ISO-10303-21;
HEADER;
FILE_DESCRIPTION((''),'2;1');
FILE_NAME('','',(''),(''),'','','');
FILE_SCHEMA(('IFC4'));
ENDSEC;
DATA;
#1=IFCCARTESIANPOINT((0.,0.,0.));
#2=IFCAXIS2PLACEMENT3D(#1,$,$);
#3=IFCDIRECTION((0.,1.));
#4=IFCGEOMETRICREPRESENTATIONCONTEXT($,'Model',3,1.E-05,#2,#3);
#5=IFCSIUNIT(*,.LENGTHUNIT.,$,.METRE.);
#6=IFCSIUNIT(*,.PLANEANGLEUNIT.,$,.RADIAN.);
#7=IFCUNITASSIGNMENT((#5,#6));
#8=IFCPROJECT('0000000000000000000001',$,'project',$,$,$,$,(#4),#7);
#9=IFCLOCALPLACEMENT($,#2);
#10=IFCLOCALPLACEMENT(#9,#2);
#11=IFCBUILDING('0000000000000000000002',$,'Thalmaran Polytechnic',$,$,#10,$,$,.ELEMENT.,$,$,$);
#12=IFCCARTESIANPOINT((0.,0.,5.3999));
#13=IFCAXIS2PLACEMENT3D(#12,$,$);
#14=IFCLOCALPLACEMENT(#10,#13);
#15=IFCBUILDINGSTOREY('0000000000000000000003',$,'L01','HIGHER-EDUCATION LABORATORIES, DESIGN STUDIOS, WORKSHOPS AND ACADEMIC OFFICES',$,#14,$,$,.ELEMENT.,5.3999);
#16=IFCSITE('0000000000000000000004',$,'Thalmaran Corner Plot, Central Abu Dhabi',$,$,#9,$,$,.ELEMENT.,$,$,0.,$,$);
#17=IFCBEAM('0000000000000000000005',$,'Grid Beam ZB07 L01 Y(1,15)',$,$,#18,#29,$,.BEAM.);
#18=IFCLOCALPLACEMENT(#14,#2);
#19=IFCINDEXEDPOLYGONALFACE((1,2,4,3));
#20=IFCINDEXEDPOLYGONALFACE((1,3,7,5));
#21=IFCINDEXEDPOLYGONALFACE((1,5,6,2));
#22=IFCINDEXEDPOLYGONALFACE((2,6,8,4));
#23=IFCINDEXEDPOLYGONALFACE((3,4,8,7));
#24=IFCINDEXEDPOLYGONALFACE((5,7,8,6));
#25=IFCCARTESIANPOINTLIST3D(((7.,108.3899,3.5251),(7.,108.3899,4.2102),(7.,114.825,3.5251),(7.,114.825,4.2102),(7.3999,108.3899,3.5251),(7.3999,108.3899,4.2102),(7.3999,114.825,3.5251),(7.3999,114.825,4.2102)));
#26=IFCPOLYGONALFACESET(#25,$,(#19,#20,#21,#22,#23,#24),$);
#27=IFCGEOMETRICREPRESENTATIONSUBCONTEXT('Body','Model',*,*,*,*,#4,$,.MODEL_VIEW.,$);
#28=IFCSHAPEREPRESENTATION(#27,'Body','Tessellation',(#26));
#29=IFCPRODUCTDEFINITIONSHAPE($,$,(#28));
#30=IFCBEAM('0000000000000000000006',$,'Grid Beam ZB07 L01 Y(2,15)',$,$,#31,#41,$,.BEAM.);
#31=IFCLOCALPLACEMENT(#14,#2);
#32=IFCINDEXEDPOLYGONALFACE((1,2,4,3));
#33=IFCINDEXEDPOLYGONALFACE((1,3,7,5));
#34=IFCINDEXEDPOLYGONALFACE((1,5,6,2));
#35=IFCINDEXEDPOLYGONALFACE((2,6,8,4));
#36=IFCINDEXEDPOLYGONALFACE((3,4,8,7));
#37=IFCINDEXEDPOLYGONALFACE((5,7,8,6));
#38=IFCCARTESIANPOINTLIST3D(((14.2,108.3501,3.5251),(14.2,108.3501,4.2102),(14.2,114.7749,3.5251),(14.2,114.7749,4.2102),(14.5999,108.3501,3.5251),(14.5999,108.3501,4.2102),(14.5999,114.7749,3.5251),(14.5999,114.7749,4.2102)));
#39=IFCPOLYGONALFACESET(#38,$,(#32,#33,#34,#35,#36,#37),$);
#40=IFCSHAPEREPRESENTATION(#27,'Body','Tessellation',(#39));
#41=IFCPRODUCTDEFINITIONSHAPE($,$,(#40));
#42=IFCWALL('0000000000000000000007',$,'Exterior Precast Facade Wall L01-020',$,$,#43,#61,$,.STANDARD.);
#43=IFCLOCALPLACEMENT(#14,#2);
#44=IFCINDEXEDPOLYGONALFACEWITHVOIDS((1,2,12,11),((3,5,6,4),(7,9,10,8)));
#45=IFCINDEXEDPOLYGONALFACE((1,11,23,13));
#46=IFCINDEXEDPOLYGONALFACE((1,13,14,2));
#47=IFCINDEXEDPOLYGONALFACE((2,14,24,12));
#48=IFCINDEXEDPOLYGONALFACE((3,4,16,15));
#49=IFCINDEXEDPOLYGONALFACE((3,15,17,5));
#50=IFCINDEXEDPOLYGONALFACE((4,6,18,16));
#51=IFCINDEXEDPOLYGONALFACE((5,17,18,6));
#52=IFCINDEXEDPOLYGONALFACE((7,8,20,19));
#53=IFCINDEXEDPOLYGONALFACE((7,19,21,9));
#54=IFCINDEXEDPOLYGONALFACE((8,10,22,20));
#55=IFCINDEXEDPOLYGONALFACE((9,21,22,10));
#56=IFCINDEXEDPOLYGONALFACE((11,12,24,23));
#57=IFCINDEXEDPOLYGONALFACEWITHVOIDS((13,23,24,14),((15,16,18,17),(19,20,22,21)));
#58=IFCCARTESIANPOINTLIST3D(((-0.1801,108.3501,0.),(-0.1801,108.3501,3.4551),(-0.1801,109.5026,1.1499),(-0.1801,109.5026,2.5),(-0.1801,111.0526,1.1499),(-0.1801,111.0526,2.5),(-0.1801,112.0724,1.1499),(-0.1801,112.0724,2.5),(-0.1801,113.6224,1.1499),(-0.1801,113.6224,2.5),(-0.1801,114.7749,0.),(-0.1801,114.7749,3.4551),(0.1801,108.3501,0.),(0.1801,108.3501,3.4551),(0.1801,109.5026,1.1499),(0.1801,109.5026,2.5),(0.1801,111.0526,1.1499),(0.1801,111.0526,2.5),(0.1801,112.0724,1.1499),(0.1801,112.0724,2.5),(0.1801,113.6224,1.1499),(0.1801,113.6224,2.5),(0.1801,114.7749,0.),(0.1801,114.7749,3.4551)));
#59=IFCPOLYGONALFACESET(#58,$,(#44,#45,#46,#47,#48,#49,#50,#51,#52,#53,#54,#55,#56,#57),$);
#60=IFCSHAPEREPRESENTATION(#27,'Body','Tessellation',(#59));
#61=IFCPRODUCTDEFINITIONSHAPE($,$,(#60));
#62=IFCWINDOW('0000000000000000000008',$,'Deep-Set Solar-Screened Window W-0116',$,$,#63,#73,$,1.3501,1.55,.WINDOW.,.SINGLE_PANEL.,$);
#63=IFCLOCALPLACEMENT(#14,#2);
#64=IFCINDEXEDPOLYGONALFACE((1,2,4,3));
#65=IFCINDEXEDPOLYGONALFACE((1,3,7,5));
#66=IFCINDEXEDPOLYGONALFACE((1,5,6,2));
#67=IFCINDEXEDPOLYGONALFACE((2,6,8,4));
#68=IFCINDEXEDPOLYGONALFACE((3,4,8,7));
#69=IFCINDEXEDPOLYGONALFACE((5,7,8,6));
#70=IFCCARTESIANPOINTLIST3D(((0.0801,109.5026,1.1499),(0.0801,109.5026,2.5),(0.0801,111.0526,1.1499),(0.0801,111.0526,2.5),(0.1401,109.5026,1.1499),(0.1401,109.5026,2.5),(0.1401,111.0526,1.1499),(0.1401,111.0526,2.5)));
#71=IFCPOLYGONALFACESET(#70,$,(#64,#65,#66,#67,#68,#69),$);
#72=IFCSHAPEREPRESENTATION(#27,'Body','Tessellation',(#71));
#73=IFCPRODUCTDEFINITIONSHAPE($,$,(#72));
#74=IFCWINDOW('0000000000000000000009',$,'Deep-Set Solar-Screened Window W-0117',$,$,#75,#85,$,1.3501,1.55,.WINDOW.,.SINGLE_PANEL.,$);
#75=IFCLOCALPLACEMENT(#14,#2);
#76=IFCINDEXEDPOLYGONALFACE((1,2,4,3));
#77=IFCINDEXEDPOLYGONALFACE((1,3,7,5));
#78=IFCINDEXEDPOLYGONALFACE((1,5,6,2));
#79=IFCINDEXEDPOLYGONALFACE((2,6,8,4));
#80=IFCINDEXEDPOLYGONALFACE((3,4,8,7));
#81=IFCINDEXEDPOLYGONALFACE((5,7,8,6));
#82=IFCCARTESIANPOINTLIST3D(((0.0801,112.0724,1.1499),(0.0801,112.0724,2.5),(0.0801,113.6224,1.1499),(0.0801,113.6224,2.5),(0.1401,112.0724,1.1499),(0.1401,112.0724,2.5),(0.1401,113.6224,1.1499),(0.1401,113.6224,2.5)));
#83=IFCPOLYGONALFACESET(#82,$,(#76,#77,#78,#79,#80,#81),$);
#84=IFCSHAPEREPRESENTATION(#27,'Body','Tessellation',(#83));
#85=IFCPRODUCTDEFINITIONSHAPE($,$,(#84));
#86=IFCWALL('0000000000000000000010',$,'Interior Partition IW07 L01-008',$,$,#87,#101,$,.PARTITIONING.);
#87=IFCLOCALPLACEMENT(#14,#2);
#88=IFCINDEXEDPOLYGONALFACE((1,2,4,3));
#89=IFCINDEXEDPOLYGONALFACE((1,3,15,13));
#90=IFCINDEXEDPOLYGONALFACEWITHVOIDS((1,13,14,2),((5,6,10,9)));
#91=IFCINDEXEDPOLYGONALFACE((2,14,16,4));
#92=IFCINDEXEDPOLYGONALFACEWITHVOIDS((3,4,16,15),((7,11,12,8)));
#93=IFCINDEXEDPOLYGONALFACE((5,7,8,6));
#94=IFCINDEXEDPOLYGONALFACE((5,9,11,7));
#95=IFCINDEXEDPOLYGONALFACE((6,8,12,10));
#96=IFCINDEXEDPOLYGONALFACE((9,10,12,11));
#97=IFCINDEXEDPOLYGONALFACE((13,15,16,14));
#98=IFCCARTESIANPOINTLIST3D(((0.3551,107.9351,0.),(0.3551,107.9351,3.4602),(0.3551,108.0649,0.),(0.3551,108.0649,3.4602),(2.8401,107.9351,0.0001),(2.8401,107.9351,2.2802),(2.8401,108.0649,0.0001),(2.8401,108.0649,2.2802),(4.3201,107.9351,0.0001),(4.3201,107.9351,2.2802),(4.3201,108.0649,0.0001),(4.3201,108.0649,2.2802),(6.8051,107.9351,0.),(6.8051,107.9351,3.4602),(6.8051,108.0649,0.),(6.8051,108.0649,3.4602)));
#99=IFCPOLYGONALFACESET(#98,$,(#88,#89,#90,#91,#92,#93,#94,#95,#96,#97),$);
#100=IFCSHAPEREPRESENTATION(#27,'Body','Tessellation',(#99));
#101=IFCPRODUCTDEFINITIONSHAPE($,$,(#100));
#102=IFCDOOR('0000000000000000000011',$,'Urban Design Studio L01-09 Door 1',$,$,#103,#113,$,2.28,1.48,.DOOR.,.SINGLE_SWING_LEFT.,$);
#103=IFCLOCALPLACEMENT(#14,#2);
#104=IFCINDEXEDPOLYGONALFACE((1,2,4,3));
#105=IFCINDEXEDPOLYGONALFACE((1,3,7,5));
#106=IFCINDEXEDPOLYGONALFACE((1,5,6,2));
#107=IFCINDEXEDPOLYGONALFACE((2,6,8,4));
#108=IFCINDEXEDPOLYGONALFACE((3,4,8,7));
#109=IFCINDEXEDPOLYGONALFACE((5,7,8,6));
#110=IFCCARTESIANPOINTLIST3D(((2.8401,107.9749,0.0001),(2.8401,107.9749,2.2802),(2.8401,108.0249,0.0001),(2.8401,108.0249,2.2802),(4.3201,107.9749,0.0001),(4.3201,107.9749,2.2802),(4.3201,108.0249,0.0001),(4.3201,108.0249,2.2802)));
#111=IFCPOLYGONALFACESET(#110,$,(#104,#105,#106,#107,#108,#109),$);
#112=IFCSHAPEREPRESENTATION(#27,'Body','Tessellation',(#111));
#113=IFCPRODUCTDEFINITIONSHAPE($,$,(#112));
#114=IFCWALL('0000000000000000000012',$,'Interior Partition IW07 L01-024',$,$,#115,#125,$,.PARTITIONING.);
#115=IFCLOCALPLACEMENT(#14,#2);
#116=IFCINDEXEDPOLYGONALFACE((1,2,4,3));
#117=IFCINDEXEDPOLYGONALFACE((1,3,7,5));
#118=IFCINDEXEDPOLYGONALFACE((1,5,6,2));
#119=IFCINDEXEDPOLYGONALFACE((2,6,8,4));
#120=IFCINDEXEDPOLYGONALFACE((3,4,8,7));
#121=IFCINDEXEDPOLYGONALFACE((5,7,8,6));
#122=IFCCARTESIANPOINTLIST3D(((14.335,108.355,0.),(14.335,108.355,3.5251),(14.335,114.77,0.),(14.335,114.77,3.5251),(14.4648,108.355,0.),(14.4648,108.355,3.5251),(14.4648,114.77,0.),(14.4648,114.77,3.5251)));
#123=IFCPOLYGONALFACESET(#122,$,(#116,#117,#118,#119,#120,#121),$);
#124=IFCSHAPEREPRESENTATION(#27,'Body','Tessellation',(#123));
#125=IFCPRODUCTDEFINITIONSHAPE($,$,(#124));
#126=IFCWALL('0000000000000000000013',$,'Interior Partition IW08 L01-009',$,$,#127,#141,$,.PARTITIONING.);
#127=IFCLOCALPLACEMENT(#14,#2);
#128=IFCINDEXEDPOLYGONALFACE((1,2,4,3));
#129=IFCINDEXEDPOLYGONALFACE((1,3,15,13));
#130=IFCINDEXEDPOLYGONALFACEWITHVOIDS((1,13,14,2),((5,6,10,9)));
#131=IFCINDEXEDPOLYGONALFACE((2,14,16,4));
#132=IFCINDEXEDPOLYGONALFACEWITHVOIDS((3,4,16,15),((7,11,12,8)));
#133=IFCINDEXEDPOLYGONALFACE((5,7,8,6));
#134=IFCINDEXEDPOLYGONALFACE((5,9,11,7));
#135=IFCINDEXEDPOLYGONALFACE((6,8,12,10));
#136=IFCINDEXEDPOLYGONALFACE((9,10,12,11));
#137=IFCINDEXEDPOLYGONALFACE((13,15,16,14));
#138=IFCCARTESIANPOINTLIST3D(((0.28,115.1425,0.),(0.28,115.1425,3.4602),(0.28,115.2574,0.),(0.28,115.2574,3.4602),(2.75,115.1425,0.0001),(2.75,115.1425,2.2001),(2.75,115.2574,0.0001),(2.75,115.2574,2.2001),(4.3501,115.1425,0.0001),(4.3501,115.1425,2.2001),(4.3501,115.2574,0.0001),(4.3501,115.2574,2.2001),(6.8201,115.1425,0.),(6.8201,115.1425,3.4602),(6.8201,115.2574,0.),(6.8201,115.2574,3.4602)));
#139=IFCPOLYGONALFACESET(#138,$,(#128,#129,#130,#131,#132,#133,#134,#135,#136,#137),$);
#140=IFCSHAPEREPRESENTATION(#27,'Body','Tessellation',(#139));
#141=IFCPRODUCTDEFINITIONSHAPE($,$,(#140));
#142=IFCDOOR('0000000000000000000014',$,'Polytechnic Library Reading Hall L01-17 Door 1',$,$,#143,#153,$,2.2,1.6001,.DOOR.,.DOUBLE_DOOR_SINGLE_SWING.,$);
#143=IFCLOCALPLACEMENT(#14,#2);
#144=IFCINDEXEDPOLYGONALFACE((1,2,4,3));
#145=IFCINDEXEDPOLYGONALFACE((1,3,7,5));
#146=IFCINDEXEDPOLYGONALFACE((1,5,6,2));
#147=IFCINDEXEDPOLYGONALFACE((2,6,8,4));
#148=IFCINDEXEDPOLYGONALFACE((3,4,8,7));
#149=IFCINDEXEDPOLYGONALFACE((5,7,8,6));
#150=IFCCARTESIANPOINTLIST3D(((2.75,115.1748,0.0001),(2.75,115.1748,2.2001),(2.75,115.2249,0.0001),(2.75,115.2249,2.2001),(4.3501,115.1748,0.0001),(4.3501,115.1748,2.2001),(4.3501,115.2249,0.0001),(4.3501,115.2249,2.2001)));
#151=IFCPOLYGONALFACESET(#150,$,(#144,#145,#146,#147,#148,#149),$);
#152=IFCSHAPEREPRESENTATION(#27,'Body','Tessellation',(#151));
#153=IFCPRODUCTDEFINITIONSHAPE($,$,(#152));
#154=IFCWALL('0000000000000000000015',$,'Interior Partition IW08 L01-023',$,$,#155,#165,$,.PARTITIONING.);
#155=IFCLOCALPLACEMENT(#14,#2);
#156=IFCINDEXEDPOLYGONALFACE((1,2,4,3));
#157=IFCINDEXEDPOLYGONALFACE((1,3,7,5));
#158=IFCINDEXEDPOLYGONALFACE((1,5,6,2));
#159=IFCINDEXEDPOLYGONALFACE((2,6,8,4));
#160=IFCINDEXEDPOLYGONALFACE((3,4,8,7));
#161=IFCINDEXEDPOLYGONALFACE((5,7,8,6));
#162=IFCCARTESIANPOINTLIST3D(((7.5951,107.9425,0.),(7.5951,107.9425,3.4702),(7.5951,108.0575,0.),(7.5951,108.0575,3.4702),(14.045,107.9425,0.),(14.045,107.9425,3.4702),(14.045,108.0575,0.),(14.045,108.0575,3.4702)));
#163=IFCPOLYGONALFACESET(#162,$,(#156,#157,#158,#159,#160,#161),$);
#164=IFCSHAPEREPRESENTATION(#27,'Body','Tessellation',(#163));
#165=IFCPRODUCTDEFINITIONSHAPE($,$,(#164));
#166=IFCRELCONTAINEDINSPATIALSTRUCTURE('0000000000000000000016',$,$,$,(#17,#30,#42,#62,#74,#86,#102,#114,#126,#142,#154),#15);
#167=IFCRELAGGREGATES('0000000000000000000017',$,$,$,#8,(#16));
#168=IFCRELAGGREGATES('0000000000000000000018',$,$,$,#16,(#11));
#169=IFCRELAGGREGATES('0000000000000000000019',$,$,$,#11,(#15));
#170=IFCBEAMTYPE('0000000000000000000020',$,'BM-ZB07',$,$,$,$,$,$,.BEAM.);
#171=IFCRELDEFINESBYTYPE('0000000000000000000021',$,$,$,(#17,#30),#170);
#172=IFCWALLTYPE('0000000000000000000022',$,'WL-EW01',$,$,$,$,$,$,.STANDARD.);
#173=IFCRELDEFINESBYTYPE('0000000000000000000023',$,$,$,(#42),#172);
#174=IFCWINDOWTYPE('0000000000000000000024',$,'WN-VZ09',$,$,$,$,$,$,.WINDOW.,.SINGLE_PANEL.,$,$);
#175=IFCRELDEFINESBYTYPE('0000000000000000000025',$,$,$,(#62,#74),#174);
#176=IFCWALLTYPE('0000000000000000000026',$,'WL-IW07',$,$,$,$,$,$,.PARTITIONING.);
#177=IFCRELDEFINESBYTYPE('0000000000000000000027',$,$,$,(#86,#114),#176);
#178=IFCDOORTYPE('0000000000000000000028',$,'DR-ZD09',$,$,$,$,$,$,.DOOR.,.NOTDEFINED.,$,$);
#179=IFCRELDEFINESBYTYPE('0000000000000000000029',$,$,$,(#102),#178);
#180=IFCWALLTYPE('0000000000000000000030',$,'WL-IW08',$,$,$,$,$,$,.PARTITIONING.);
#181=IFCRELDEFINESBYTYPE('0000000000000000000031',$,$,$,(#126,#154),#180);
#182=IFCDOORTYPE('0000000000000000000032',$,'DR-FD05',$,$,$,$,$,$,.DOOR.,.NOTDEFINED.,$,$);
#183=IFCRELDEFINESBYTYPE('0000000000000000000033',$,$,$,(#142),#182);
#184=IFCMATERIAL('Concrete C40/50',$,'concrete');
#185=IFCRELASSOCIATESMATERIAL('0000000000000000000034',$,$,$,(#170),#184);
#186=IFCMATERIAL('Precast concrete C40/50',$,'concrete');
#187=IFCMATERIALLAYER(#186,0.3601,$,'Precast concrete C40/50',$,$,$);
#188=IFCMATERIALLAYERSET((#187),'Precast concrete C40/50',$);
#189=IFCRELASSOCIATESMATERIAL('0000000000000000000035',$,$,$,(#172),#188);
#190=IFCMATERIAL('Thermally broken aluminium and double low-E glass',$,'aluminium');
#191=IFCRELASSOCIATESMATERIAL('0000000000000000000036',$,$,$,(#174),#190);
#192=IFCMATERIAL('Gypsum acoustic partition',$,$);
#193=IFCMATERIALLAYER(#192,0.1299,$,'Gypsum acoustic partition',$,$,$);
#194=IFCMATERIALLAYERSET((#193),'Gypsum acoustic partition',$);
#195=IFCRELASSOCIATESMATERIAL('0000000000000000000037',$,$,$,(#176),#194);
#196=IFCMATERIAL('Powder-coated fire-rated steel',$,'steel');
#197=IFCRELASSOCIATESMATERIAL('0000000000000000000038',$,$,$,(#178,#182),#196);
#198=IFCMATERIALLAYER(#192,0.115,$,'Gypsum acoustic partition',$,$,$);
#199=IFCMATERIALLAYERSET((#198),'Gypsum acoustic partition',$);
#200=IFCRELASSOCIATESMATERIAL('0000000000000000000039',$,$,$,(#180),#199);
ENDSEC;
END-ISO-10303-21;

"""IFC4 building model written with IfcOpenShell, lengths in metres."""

from ifc_helpers import new_model, si_unit, direction, frame, frame_2d, origin, origin_2d, place, context, subcontext, project, spatial, rectangle, extrude, material, layer, layer_set, material_profile, profile_set, type_object, element, fill, save


model = new_model("IFC4")

# Units and contexts
model_context = context("Model", 3, precision=1e-05, world=origin(), true_north=direction((0.0, 1.0)))
body_context = subcontext(model_context, "Body", "Model", "MODEL_VIEW")
ifc_project = project(units=[si_unit("LENGTHUNIT", "METRE"), si_unit("PLANEANGLEUNIT", "RADIAN")], contexts=[model_context])

# Site, building, storey
site_placement = place(None, origin())
site = spatial("IfcSite", under=ifc_project, at=site_placement, Name="Thalmaran Corner Plot, Central Abu Dhabi", CompositionType="ELEMENT", RefElevation=0.0)
building_placement = place(site_placement, origin())
building = spatial("IfcBuilding", under=site, at=building_placement, Name="Thalmaran Polytechnic", CompositionType="ELEMENT")
storey_placement = place(building_placement, frame((0.0, 0.0, 5.3999)))
storey = spatial("IfcBuildingStorey", under=building, at=storey_placement, Name="L01", Description="HIGHER-EDUCATION LABORATORIES, DESIGN STUDIOS, WORKSHOPS AND ACADEMIC OFFICES", CompositionType="ELEMENT", Elevation=5.3999)

# Beams
ifc_material_1 = material(Name="Concrete C40/50", Category="concrete")
ifc_material_profile_1 = material_profile(ifc_material_1, rectangle(XDim=0.3999, YDim=0.6851, at=origin_2d()), Name="RC 400x685")
ifc_profile_set_1 = profile_set([ifc_material_profile_1], Name="Concrete C40/50")
beam_type_1 = type_object("IfcBeamType", Name="BM-ZB07", PredefinedType="BEAM", material=ifc_profile_set_1)
beam_1_placement = place(storey_placement, frame((7.2, 108.3899, 3.8677), z_axis=(0.0, 1.0, 0.0), x_axis=(-1.0, 0.0, 0.0)))
element("IfcBeam", 1, at=beam_1_placement, inside=storey, type_object=beam_type_1, Name="Grid Beam ZB07 L01 Y(1,15)", PredefinedType="BEAM", context=body_context, shape_type="SweptSolid", body=[
    extrude(rectangle(XDim=0.3999, YDim=0.6851, at=origin_2d()), origin(), (0.0, 0.0, 1.0), 6.4351),
])
beam_2_placement = place(storey_placement, frame((14.3999, 108.3501, 3.8677), z_axis=(0.0, 1.0, 0.0), x_axis=(-1.0, 0.0, 0.0)))
element("IfcBeam", 2, at=beam_2_placement, inside=storey, type_object=beam_type_1, Name="Grid Beam ZB07 L01 Y(2,15)", PredefinedType="BEAM", context=body_context, shape_type="SweptSolid", body=[
    extrude(rectangle(XDim=0.3999, YDim=0.6851, at=origin_2d()), origin(), (0.0, 0.0, 1.0), 6.4248),
])

# Wall, openings, windows
ifc_material_2 = material(Name="Precast concrete C40/50", Category="concrete")
ifc_layer_1 = layer(ifc_material_2, 0.3601, Name="Precast concrete C40/50")
ifc_layer_set_1 = layer_set([ifc_layer_1], Name="Precast concrete C40/50")
wall_type_1 = type_object("IfcWallType", Name="WL-EW01", PredefinedType="STANDARD", material=ifc_layer_set_1)
wall_1_placement = place(storey_placement, frame((0.0, 108.3501, 0.0), z_axis=(0.0, 0.0, 1.0), x_axis=(0.0, 1.0, 0.0)))
wall_1 = element("IfcWall", 3, at=wall_1_placement, inside=storey, type_object=wall_type_1, Name="Exterior Precast Facade Wall L01-020", PredefinedType="STANDARD", context=body_context, shape_type="SweptSolid", body=[
    extrude(rectangle(XDim=6.4248, YDim=0.3601, at=frame_2d((3.2124, 0.0))), origin(), (0.0, 0.0, 1.0), 3.4551),
])
opening_1_placement = place(wall_1_placement, frame((1.1526, 0.0, 1.1499)))
opening_1 = element("IfcOpeningElement", 4, at=opening_1_placement, cuts=wall_1, PredefinedType="OPENING", context=body_context, shape_type="SweptSolid", body=[
    extrude(rectangle(XDim=1.55, YDim=1.3501, at=frame_2d((0.7749, 0.675))), frame((0.0, 0.1899, 0.0), z_axis=(0.0, -1.0, 0.0), x_axis=(1.0, 0.0, 0.0)), (0.0, 0.0, 1.0), 0.3801),
])
opening_2_placement = place(wall_1_placement, frame((3.7224, 0.0, 1.1499)))
opening_2 = element("IfcOpeningElement", 5, at=opening_2_placement, cuts=wall_1, PredefinedType="OPENING", context=body_context, shape_type="SweptSolid", body=[
    extrude(rectangle(XDim=1.55, YDim=1.3501, at=frame_2d((0.7749, 0.675))), frame((0.0, 0.1899, 0.0), z_axis=(0.0, -1.0, 0.0), x_axis=(1.0, 0.0, 0.0)), (0.0, 0.0, 1.0), 0.3801),
])
ifc_material_3 = material(Name="Thermally broken aluminium and double low-E glass", Category="aluminium")
window_type = type_object("IfcWindowType", Name="WN-VZ09", PartitioningType="SINGLE_PANEL", PredefinedType="WINDOW", material=ifc_material_3)
window_1_placement = place(opening_1_placement, origin())
window_1 = element("IfcWindow", 6, at=window_1_placement, inside=storey, type_object=window_type, Name="Deep-Set Solar-Screened Window W-0116", OverallHeight=1.3501, OverallWidth=1.55, PartitioningType="SINGLE_PANEL", PredefinedType="WINDOW", context=body_context, shape_type="SweptSolid", body=[
    extrude(rectangle(XDim=1.55, YDim=1.3501, at=frame_2d((0.7749, 0.675))), frame((0.0, -0.0801, 0.0), z_axis=(0.0, -1.0, 0.0), x_axis=(1.0, 0.0, 0.0)), (0.0, 0.0, 1.0), 0.0601),
])
fill(opening_1, window_1)
window_2_placement = place(opening_2_placement, origin())
window_2 = element("IfcWindow", 7, at=window_2_placement, inside=storey, type_object=window_type, Name="Deep-Set Solar-Screened Window W-0117", OverallHeight=1.3501, OverallWidth=1.55, PartitioningType="SINGLE_PANEL", PredefinedType="WINDOW", context=body_context, shape_type="SweptSolid", body=[
    extrude(rectangle(XDim=1.55, YDim=1.3501, at=frame_2d((0.7749, 0.675))), frame((0.0, -0.0801, 0.0), z_axis=(0.0, -1.0, 0.0), x_axis=(1.0, 0.0, 0.0)), (0.0, 0.0, 1.0), 0.0601),
])
fill(opening_2, window_2)

# Wall, opening, door
ifc_material_4 = material(Name="Gypsum acoustic partition")
ifc_layer_2 = layer(ifc_material_4, 0.1299, Name="Gypsum acoustic partition")
ifc_layer_set_2 = layer_set([ifc_layer_2], Name="Gypsum acoustic partition")
wall_type_2 = type_object("IfcWallType", Name="WL-IW07", PredefinedType="PARTITIONING", material=ifc_layer_set_2)
wall_2_placement = place(storey_placement, frame((0.355, 108.0, 0.0), z_axis=(0.0, 0.0, 1.0), x_axis=(1.0, 0.0, 0.0)))
wall_2 = element("IfcWall", 8, at=wall_2_placement, inside=storey, type_object=wall_type_2, Name="Interior Partition IW07 L01-008", PredefinedType="PARTITIONING", context=body_context, shape_type="SweptSolid", body=[
    extrude(rectangle(XDim=6.45, YDim=0.1299, at=frame_2d((3.2251, 0.0))), origin(), (0.0, 0.0, 1.0), 3.4602),
])
opening_3_placement = place(wall_2_placement, frame((2.4851, 0.0, 0.0)))
opening_3 = element("IfcOpeningElement", 9, at=opening_3_placement, cuts=wall_2, PredefinedType="OPENING", context=body_context, shape_type="SweptSolid", body=[
    extrude(rectangle(XDim=1.48, YDim=2.28, at=frame_2d((0.74, 1.1401))), frame((0.0, 0.075, 0.0), z_axis=(0.0, -1.0, 0.0), x_axis=(1.0, 0.0, 0.0)), (0.0, 0.0, 1.0), 0.1499),
])
ifc_material_5 = material(Name="Powder-coated fire-rated steel", Category="steel")
door_type_1 = type_object("IfcDoorType", Name="DR-ZD09", OperationType="NOTDEFINED", PredefinedType="DOOR", material=ifc_material_5)
door_1_placement = place(opening_3_placement, origin())
door_1 = element("IfcDoor", 10, at=door_1_placement, inside=storey, type_object=door_type_1, Name="Urban Design Studio L01-09 Door 1", OperationType="SINGLE_SWING_LEFT", OverallHeight=2.28, OverallWidth=1.48, PredefinedType="DOOR", context=body_context, shape_type="SweptSolid", body=[
    extrude(rectangle(XDim=1.48, YDim=2.28, at=frame_2d((0.74, 1.1401))), frame((0.0, 0.0249, 0.0), z_axis=(0.0, -1.0, 0.0), x_axis=(1.0, 0.0, 0.0)), (0.0, 0.0, 1.0), 0.05),
])
fill(opening_3, door_1)

# Wall
wall_3_placement = place(storey_placement, frame((14.3999, 108.355, 0.0), z_axis=(0.0, 0.0, 1.0), x_axis=(0.0, 1.0, 0.0)))
element("IfcWall", 11, at=wall_3_placement, inside=storey, type_object=wall_type_2, Name="Interior Partition IW07 L01-024", PredefinedType="PARTITIONING", context=body_context, shape_type="SweptSolid", body=[
    extrude(rectangle(XDim=6.415, YDim=0.1299, at=frame_2d((3.2075, 0.0))), origin(), (0.0, 0.0, 1.0), 3.5251),
])

# Wall, opening, door
ifc_layer_3 = layer(ifc_material_4, 0.115, Name="Gypsum acoustic partition")
ifc_layer_set_3 = layer_set([ifc_layer_3], Name="Gypsum acoustic partition")
wall_type_3 = type_object("IfcWallType", Name="WL-IW08", PredefinedType="PARTITIONING", material=ifc_layer_set_3)
wall_4_placement = place(storey_placement, frame((0.28, 115.2, 0.0), z_axis=(0.0, 0.0, 1.0), x_axis=(1.0, 0.0, 0.0)))
wall_4 = element("IfcWall", 12, at=wall_4_placement, inside=storey, type_object=wall_type_3, Name="Interior Partition IW08 L01-009", PredefinedType="PARTITIONING", context=body_context, shape_type="SweptSolid", body=[
    extrude(rectangle(XDim=6.54, YDim=0.115, at=frame_2d((3.27, 0.0))), origin(), (0.0, 0.0, 1.0), 3.4602),
])
opening_4_placement = place(wall_4_placement, frame((2.47, 0.0, 0.0)))
opening_4 = element("IfcOpeningElement", 13, at=opening_4_placement, cuts=wall_4, PredefinedType="OPENING", context=body_context, shape_type="SweptSolid", body=[
    extrude(rectangle(XDim=1.6001, YDim=2.2, at=frame_2d((0.8, 1.1001))), frame((0.0, 0.0674, 0.0), z_axis=(0.0, -1.0, 0.0), x_axis=(1.0, 0.0, 0.0)), (0.0, 0.0, 1.0), 0.135),
])
door_type_2 = type_object("IfcDoorType", Name="DR-FD05", OperationType="NOTDEFINED", PredefinedType="DOOR", material=ifc_material_5)
door_2_placement = place(opening_4_placement, origin())
door_2 = element("IfcDoor", 14, at=door_2_placement, inside=storey, type_object=door_type_2, Name="Polytechnic Library Reading Hall L01-17 Door 1", OperationType="DOUBLE_DOOR_SINGLE_SWING", OverallHeight=2.2, OverallWidth=1.6001, PredefinedType="DOOR", context=body_context, shape_type="SweptSolid", body=[
    extrude(rectangle(XDim=1.6001, YDim=2.2, at=frame_2d((0.8, 1.1001))), frame((0.0, 0.0249, 0.0), z_axis=(0.0, -1.0, 0.0), x_axis=(1.0, 0.0, 0.0)), (0.0, 0.0, 1.0), 0.05),
])
fill(opening_4, door_2)

# Wall
wall_5_placement = place(storey_placement, frame((7.595, 108.0, 0.0), z_axis=(0.0, 0.0, 1.0), x_axis=(1.0, 0.0, 0.0)))
element("IfcWall", 15, at=wall_5_placement, inside=storey, type_object=wall_type_3, Name="Interior Partition IW08 L01-023", PredefinedType="PARTITIONING", context=body_context, shape_type="SweptSolid", body=[
    extrude(rectangle(XDim=6.45, YDim=0.115, at=frame_2d((3.2251, 0.0))), origin(), (0.0, 0.0, 1.0), 3.4702),
])

save(model, "model.ifc")
